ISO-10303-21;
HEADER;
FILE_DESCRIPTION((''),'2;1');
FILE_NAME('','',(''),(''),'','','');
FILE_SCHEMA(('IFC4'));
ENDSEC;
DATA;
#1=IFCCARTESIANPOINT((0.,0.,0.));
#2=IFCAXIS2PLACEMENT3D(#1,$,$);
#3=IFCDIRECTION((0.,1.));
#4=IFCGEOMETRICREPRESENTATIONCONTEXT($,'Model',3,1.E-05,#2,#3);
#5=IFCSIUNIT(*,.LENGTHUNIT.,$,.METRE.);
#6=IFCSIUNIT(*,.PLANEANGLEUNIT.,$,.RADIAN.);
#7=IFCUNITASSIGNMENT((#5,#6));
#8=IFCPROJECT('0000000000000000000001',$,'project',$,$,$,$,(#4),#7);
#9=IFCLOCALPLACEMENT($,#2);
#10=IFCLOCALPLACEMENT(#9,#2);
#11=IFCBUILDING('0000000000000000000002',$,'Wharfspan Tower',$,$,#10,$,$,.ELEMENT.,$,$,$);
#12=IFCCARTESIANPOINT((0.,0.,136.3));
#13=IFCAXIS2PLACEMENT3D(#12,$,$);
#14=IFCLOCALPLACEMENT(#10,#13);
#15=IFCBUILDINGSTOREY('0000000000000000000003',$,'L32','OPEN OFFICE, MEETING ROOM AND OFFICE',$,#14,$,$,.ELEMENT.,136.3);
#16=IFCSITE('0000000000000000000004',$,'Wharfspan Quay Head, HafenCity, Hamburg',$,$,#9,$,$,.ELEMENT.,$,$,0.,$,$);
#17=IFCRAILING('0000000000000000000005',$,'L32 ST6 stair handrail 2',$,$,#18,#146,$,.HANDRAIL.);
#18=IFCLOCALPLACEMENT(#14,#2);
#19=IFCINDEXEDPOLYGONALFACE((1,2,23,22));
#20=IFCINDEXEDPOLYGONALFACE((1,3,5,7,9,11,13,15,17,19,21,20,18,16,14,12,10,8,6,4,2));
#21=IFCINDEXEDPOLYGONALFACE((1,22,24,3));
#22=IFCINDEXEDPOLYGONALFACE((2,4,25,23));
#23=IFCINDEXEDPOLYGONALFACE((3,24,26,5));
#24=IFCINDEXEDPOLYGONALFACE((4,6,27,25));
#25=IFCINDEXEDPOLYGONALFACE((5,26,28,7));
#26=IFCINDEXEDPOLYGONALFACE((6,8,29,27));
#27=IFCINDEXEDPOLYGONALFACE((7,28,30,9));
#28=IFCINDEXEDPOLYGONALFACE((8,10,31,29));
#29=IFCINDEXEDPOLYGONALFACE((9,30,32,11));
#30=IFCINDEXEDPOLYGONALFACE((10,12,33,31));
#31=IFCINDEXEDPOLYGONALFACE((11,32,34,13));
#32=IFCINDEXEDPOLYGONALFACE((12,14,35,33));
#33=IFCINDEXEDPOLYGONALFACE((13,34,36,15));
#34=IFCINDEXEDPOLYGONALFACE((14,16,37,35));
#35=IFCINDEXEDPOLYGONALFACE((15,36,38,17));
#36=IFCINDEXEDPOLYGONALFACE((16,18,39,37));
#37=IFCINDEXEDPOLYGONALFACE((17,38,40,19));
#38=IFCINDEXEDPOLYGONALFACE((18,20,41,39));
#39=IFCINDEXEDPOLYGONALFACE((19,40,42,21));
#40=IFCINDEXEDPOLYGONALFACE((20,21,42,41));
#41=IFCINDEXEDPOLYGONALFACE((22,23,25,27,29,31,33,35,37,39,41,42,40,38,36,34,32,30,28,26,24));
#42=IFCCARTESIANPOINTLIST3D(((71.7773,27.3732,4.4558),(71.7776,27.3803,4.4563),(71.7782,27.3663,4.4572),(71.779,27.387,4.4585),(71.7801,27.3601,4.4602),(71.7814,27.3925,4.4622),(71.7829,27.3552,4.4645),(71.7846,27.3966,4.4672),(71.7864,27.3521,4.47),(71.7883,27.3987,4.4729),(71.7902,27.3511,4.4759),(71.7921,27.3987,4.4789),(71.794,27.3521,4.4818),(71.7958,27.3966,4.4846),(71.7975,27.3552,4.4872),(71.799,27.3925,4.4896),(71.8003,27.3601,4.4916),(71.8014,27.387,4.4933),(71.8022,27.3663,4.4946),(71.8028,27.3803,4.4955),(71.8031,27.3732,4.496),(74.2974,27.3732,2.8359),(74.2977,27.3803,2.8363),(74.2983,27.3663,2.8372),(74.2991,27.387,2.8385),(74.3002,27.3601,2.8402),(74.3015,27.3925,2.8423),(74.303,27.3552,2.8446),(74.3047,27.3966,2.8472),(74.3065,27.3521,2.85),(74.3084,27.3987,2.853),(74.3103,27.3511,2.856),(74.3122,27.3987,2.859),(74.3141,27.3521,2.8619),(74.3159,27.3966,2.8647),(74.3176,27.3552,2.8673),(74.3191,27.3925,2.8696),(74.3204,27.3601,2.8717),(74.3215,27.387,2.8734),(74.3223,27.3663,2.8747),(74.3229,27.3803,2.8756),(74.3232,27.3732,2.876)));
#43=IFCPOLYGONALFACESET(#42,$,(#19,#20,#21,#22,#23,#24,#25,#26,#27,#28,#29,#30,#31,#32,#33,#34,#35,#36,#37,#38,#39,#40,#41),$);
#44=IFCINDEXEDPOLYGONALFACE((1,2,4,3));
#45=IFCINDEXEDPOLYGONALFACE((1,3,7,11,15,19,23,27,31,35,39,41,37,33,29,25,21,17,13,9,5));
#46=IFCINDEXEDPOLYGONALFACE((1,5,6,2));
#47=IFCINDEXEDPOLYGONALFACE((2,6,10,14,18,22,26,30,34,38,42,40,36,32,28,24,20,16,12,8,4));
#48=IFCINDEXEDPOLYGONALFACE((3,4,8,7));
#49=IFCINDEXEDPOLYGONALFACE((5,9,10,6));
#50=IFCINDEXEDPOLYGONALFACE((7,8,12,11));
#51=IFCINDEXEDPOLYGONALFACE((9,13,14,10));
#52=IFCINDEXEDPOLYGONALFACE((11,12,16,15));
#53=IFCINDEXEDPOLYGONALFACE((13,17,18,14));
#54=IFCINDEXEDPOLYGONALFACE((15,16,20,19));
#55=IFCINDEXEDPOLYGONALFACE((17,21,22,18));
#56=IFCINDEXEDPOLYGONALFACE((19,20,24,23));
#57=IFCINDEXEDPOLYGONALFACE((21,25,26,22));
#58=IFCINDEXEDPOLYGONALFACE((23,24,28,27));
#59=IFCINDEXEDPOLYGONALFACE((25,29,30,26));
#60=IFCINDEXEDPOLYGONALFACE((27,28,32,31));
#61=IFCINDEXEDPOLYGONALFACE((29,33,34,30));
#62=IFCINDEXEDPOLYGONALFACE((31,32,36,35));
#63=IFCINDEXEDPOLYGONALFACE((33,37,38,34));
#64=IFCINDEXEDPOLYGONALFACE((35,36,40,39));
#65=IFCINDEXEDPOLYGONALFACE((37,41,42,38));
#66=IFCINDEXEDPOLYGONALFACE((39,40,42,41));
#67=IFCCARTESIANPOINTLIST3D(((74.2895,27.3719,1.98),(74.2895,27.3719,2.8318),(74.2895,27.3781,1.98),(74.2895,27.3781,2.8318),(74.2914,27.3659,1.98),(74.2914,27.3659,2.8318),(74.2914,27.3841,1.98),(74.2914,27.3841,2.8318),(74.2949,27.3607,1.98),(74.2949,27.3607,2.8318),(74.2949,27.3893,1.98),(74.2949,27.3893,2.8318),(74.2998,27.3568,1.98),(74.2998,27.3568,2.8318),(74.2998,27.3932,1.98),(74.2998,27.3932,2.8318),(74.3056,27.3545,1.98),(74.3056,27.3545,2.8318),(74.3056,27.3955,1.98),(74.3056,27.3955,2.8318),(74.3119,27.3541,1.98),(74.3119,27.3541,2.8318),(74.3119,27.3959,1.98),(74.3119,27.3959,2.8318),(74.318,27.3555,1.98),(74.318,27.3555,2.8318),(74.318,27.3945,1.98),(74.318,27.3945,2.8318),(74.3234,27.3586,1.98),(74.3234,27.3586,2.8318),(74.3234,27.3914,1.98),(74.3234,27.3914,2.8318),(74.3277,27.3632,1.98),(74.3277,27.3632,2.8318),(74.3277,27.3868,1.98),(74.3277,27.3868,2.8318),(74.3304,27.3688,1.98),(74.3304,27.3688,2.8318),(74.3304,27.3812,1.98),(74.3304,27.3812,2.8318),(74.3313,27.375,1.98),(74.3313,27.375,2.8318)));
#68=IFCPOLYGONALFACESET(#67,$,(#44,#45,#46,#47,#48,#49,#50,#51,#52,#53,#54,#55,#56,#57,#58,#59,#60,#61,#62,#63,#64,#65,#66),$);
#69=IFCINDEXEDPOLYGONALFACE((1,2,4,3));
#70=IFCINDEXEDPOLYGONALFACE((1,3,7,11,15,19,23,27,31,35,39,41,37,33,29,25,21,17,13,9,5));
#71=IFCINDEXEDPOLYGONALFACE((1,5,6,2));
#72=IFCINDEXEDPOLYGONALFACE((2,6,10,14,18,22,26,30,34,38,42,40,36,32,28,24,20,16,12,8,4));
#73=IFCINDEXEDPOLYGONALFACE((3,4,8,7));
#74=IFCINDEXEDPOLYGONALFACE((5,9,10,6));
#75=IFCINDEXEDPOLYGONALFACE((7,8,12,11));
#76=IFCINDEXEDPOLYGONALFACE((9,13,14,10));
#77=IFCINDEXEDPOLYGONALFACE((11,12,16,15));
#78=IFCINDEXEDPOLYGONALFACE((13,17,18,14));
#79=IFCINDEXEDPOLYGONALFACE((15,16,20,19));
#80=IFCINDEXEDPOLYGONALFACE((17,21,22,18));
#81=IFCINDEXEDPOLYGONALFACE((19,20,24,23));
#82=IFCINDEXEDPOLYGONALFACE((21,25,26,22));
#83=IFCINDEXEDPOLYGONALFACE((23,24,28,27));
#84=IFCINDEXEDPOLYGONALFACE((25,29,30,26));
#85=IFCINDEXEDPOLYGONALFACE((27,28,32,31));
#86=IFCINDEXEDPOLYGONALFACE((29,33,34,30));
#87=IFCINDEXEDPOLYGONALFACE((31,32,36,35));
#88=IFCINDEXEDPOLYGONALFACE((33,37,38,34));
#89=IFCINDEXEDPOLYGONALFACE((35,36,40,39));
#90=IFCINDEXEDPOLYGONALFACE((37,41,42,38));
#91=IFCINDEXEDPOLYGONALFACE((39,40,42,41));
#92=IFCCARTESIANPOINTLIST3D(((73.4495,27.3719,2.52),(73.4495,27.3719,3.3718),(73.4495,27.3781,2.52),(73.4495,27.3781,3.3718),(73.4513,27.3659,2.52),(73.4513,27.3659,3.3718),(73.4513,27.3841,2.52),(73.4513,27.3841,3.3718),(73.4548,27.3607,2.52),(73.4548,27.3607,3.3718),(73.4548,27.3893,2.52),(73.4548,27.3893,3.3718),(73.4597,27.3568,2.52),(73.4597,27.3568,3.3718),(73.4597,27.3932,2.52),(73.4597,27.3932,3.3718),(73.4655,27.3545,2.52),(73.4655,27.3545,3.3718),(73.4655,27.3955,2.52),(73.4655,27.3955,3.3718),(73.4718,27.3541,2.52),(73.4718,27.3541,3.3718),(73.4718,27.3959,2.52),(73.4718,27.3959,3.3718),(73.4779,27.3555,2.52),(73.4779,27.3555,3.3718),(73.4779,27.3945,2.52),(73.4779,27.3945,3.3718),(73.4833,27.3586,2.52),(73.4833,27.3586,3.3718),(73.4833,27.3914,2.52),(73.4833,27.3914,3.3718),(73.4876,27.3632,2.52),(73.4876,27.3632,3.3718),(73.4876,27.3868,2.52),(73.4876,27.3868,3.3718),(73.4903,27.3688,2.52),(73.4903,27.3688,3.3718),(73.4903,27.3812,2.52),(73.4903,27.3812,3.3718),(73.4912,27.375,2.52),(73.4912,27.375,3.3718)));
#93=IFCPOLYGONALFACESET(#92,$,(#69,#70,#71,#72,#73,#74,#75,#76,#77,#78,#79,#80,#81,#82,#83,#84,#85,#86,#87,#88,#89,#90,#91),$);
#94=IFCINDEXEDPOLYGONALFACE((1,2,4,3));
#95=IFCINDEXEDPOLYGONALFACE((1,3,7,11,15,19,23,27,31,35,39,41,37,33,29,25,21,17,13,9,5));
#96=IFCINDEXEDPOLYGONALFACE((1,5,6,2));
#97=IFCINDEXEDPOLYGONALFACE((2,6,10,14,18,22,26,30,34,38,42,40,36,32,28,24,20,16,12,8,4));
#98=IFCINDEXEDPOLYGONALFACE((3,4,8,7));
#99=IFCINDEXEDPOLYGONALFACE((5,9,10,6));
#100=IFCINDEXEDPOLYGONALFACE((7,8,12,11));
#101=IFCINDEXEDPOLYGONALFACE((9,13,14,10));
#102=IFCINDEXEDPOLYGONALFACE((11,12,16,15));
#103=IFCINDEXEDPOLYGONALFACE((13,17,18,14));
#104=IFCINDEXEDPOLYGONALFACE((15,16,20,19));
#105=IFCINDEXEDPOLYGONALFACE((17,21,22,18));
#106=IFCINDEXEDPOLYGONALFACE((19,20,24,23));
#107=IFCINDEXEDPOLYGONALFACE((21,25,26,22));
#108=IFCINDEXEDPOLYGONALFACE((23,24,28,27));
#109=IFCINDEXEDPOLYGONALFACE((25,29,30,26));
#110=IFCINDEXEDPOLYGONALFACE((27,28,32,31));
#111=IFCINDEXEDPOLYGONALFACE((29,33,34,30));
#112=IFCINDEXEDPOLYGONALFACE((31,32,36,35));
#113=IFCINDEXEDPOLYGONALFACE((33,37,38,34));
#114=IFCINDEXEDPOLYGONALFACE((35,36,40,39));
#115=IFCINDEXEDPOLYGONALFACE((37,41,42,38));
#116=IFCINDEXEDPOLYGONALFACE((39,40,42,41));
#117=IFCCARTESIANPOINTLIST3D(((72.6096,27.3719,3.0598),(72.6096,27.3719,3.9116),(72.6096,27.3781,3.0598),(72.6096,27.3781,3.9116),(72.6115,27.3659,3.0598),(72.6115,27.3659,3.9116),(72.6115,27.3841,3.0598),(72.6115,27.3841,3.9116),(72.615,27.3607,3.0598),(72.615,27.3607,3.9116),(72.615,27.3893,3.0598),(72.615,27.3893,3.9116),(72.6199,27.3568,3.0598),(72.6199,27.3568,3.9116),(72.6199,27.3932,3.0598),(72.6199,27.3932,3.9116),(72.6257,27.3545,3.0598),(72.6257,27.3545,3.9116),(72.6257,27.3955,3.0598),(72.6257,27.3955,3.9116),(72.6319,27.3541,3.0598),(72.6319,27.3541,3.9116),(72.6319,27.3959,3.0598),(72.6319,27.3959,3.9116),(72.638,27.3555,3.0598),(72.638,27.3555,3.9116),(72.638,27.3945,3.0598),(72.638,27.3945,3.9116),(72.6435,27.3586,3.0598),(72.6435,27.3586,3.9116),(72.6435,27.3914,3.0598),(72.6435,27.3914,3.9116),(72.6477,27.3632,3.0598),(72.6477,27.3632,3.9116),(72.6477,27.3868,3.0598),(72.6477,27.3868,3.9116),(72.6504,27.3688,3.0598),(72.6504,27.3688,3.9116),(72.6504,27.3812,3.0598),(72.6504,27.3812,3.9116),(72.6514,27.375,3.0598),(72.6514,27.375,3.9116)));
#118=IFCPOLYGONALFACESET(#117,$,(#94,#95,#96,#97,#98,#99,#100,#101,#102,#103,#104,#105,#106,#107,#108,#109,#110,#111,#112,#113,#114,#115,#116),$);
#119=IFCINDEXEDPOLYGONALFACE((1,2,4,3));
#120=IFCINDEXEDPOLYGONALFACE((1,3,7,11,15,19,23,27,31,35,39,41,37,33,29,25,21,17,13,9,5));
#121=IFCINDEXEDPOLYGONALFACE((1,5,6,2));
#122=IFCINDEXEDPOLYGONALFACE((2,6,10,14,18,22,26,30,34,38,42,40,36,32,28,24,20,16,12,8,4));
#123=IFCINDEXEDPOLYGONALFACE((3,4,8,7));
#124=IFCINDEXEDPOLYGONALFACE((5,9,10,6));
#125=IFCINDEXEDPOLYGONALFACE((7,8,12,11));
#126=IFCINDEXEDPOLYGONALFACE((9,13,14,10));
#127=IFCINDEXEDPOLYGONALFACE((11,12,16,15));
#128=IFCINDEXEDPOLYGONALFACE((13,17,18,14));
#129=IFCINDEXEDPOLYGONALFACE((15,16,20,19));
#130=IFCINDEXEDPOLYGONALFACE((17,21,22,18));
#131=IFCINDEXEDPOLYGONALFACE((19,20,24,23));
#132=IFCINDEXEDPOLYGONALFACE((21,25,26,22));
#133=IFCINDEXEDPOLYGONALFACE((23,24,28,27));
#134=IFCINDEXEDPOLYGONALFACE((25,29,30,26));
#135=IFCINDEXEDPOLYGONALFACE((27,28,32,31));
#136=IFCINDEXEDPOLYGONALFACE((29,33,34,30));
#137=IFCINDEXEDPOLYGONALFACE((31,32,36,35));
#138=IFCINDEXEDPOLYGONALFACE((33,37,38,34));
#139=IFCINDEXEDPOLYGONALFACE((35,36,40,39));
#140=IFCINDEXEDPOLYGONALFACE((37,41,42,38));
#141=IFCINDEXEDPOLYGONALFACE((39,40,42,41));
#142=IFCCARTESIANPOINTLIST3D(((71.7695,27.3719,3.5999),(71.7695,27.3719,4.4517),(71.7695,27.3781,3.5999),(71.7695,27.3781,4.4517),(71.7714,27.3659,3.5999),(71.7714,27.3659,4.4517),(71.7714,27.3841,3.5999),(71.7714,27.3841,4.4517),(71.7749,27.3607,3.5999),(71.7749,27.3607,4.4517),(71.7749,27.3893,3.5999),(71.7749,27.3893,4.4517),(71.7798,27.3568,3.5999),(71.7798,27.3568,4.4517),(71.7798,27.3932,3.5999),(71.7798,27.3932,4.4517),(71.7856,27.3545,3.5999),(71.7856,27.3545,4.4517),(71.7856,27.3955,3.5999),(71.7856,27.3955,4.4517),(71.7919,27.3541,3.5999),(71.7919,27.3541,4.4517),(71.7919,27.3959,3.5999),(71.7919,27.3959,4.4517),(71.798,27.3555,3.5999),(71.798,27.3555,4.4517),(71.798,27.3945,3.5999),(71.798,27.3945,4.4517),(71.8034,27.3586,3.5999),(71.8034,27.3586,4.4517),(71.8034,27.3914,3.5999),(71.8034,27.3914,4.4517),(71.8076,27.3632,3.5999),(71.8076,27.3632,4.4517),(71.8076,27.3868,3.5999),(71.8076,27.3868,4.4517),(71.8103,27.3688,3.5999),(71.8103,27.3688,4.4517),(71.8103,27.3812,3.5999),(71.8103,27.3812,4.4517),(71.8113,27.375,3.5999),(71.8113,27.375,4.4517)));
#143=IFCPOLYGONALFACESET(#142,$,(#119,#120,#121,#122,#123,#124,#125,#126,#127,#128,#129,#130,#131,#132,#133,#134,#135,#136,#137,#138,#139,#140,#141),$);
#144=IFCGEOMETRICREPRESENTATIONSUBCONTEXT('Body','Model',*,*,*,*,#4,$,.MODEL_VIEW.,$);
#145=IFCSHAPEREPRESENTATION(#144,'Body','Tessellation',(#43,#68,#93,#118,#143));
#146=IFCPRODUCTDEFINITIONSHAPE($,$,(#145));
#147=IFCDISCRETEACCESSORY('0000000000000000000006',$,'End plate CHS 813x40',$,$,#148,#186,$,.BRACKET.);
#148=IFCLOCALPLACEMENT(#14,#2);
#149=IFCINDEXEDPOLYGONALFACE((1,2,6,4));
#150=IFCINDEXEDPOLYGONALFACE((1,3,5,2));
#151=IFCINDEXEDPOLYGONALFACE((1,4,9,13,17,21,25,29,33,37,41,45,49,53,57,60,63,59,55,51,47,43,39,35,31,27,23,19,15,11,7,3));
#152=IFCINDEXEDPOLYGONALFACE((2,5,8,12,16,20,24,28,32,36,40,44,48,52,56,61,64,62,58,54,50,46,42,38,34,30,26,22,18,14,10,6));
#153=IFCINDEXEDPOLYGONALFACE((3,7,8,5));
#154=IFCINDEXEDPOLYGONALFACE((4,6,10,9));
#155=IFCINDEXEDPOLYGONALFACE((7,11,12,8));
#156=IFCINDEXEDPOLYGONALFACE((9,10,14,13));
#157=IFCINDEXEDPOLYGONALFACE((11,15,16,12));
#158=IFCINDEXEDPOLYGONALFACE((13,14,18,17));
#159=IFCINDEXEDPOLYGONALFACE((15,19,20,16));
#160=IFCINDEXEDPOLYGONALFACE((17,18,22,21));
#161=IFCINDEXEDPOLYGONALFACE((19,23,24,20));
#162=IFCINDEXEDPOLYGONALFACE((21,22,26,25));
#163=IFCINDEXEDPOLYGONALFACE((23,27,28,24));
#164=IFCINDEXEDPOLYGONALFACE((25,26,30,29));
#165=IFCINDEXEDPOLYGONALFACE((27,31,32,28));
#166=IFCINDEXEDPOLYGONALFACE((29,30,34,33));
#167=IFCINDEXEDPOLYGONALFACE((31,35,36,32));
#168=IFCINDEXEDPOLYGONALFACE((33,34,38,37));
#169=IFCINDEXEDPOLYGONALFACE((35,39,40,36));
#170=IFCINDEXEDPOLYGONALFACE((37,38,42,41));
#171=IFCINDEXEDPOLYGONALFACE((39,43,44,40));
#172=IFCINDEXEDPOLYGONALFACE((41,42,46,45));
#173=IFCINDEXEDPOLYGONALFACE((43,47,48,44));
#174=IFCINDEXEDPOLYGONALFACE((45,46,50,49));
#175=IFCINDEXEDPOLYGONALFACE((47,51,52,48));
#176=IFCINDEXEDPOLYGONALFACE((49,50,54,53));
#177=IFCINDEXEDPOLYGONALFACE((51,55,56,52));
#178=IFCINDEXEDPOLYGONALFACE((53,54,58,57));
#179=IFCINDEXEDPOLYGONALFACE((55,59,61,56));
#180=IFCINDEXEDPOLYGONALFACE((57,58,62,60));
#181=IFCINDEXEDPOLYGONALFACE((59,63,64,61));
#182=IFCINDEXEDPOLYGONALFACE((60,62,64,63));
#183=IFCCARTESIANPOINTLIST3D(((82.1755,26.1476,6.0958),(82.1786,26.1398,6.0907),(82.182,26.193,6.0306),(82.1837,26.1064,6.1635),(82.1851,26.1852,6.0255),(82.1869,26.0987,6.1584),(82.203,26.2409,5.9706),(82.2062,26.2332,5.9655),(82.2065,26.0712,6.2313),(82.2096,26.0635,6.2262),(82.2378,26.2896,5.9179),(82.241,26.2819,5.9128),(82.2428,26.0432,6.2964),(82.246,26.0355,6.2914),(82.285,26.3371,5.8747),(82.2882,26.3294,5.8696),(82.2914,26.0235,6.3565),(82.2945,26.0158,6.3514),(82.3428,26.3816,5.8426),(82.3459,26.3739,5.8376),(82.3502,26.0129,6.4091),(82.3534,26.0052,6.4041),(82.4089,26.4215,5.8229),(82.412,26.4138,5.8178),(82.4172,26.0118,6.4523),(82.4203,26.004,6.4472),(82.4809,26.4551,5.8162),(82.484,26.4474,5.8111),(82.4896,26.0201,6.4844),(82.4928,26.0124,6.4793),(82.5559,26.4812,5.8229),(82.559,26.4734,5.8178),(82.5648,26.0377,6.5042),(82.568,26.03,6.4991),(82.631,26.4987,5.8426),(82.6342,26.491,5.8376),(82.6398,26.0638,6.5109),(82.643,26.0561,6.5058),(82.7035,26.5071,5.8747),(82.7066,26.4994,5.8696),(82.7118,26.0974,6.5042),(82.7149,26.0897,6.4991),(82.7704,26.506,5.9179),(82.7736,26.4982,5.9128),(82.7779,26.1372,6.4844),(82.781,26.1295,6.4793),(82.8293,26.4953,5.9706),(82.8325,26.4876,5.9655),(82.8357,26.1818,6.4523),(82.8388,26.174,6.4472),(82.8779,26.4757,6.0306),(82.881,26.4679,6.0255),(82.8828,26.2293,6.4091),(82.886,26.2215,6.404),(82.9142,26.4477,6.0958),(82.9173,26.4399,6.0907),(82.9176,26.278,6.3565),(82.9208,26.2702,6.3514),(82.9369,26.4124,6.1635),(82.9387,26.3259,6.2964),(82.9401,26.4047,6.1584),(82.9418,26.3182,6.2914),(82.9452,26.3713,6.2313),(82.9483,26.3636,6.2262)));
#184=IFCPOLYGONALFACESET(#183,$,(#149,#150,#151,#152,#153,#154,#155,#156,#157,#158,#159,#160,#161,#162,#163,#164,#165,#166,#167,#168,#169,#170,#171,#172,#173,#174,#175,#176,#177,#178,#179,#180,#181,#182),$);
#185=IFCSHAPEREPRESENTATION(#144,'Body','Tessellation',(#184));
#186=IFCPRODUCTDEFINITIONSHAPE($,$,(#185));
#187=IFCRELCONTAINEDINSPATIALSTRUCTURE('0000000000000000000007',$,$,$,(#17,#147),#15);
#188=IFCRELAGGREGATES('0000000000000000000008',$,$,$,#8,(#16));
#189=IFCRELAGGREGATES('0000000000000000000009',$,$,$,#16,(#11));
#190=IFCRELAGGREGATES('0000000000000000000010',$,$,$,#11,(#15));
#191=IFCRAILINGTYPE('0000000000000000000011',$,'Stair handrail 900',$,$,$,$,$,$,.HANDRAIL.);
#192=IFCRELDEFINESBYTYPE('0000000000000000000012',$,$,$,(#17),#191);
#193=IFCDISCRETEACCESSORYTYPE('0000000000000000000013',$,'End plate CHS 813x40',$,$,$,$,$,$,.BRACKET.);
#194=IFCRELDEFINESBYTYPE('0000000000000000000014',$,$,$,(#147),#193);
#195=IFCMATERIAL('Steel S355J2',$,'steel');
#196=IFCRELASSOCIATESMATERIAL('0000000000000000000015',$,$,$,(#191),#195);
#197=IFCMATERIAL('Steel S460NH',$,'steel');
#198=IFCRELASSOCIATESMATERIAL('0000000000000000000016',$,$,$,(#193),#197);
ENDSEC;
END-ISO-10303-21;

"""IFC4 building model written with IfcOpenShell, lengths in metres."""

from ifc_helpers import new_model, si_unit, direction, frame, origin, origin_2d, place, context, subcontext, project, spatial, circle, extrude, material, material_profile, profile_set, type_object, element, save


model = new_model("IFC4")

# Units and contexts
model_context = context("Model", 3, precision=1e-05, world=origin(), true_north=direction((0.0, 1.0)))
body_context = subcontext(model_context, "Body", "Model", "MODEL_VIEW")
ifc_project = project(units=[si_unit("LENGTHUNIT", "METRE"), si_unit("PLANEANGLEUNIT", "RADIAN")], contexts=[model_context])

# Site, building, storey
site_placement = place(None, origin())
site = spatial("IfcSite", under=ifc_project, at=site_placement, Name="Wharfspan Quay Head, HafenCity, Hamburg", CompositionType="ELEMENT", RefElevation=0.0)
building_placement = place(site_placement, origin())
building = spatial("IfcBuilding", under=site, at=building_placement, Name="Wharfspan Tower", CompositionType="ELEMENT")
storey_placement = place(building_placement, frame((0.0, 0.0, 136.3)))
storey = spatial("IfcBuildingStorey", under=building, at=storey_placement, Name="L32", Description="OPEN OFFICE, MEETING ROOM AND OFFICE", CompositionType="ELEMENT", Elevation=136.3)

# Shared definitions
ifc_material_1 = material(Name="Steel S355J2", Category="steel")

# Shared definitions
ifc_material_2 = material(Name="Steel S460NH", Category="steel")

# Railing
railing_type_1 = type_object("IfcRailingType", Name="Stair handrail 900", PredefinedType="HANDRAIL", material=ifc_material_1)
railing_1_placement = place(storey_placement, frame((74.3103, 27.375, 1.98)))
element("IfcRailing", 1, at=railing_1_placement, inside=storey, type_object=railing_type_1, Name="L32 ST6 stair handrail 2", PredefinedType="HANDRAIL", context=body_context, shape_type="SweptSolid", body=[
    extrude(circle(Radius=0.0239, at=origin_2d()), frame((0.0, 0.0, 0.876), z_axis=(-0.8412, 0.0, 0.540725), x_axis=(0.0, -1.0, 0.0)), (0.0, 0.0, 1.0), 2.9958),
    extrude(circle(Radius=0.021, at=origin_2d()), origin(), (0.0, 0.0, 1.0), 0.8518),
    extrude(circle(Radius=0.021, at=origin_2d()), frame((-0.8401, 0.0, 0.54)), (0.0, 0.0, 1.0), 0.8518),
    extrude(circle(Radius=0.021, at=origin_2d()), frame((-1.6799, 0.0, 1.0798)), (0.0, 0.0, 1.0), 0.8518),
    extrude(circle(Radius=0.021, at=origin_2d()), frame((-2.52, 0.0, 1.6199)), (0.0, 0.0, 1.0), 0.8518),
])

# Discrete accessory
ifc_material_profile_1 = material_profile(ifc_material_2, circle(Radius=0.4065, at=origin_2d()))
ifc_profile_set_1 = profile_set([ifc_material_profile_1], Name="Steel S460NH")
discrete_accessory_type = type_object("IfcDiscreteAccessoryType", Name="End plate CHS 813x40", PredefinedType="BRACKET", material=ifc_profile_set_1)
discrete_accessory_1_placement = place(storey_placement, frame((82.5635, 26.2517, 6.1584), z_axis=(-0.321601, 0.791633, 0.519509), x_axis=(-0.926467, -0.376378, 0.000001)))
element("IfcDiscreteAccessory", 2, at=discrete_accessory_1_placement, inside=storey, type_object=discrete_accessory_type, Name="End plate CHS 813x40", PredefinedType="BRACKET", context=body_context, shape_type="SweptSolid", body=[
    extrude(circle(Radius=0.4065, at=origin_2d()), origin(), (0.0, 0.0, 1.0), 0.0098),
])

save(model, "model.ifc")
